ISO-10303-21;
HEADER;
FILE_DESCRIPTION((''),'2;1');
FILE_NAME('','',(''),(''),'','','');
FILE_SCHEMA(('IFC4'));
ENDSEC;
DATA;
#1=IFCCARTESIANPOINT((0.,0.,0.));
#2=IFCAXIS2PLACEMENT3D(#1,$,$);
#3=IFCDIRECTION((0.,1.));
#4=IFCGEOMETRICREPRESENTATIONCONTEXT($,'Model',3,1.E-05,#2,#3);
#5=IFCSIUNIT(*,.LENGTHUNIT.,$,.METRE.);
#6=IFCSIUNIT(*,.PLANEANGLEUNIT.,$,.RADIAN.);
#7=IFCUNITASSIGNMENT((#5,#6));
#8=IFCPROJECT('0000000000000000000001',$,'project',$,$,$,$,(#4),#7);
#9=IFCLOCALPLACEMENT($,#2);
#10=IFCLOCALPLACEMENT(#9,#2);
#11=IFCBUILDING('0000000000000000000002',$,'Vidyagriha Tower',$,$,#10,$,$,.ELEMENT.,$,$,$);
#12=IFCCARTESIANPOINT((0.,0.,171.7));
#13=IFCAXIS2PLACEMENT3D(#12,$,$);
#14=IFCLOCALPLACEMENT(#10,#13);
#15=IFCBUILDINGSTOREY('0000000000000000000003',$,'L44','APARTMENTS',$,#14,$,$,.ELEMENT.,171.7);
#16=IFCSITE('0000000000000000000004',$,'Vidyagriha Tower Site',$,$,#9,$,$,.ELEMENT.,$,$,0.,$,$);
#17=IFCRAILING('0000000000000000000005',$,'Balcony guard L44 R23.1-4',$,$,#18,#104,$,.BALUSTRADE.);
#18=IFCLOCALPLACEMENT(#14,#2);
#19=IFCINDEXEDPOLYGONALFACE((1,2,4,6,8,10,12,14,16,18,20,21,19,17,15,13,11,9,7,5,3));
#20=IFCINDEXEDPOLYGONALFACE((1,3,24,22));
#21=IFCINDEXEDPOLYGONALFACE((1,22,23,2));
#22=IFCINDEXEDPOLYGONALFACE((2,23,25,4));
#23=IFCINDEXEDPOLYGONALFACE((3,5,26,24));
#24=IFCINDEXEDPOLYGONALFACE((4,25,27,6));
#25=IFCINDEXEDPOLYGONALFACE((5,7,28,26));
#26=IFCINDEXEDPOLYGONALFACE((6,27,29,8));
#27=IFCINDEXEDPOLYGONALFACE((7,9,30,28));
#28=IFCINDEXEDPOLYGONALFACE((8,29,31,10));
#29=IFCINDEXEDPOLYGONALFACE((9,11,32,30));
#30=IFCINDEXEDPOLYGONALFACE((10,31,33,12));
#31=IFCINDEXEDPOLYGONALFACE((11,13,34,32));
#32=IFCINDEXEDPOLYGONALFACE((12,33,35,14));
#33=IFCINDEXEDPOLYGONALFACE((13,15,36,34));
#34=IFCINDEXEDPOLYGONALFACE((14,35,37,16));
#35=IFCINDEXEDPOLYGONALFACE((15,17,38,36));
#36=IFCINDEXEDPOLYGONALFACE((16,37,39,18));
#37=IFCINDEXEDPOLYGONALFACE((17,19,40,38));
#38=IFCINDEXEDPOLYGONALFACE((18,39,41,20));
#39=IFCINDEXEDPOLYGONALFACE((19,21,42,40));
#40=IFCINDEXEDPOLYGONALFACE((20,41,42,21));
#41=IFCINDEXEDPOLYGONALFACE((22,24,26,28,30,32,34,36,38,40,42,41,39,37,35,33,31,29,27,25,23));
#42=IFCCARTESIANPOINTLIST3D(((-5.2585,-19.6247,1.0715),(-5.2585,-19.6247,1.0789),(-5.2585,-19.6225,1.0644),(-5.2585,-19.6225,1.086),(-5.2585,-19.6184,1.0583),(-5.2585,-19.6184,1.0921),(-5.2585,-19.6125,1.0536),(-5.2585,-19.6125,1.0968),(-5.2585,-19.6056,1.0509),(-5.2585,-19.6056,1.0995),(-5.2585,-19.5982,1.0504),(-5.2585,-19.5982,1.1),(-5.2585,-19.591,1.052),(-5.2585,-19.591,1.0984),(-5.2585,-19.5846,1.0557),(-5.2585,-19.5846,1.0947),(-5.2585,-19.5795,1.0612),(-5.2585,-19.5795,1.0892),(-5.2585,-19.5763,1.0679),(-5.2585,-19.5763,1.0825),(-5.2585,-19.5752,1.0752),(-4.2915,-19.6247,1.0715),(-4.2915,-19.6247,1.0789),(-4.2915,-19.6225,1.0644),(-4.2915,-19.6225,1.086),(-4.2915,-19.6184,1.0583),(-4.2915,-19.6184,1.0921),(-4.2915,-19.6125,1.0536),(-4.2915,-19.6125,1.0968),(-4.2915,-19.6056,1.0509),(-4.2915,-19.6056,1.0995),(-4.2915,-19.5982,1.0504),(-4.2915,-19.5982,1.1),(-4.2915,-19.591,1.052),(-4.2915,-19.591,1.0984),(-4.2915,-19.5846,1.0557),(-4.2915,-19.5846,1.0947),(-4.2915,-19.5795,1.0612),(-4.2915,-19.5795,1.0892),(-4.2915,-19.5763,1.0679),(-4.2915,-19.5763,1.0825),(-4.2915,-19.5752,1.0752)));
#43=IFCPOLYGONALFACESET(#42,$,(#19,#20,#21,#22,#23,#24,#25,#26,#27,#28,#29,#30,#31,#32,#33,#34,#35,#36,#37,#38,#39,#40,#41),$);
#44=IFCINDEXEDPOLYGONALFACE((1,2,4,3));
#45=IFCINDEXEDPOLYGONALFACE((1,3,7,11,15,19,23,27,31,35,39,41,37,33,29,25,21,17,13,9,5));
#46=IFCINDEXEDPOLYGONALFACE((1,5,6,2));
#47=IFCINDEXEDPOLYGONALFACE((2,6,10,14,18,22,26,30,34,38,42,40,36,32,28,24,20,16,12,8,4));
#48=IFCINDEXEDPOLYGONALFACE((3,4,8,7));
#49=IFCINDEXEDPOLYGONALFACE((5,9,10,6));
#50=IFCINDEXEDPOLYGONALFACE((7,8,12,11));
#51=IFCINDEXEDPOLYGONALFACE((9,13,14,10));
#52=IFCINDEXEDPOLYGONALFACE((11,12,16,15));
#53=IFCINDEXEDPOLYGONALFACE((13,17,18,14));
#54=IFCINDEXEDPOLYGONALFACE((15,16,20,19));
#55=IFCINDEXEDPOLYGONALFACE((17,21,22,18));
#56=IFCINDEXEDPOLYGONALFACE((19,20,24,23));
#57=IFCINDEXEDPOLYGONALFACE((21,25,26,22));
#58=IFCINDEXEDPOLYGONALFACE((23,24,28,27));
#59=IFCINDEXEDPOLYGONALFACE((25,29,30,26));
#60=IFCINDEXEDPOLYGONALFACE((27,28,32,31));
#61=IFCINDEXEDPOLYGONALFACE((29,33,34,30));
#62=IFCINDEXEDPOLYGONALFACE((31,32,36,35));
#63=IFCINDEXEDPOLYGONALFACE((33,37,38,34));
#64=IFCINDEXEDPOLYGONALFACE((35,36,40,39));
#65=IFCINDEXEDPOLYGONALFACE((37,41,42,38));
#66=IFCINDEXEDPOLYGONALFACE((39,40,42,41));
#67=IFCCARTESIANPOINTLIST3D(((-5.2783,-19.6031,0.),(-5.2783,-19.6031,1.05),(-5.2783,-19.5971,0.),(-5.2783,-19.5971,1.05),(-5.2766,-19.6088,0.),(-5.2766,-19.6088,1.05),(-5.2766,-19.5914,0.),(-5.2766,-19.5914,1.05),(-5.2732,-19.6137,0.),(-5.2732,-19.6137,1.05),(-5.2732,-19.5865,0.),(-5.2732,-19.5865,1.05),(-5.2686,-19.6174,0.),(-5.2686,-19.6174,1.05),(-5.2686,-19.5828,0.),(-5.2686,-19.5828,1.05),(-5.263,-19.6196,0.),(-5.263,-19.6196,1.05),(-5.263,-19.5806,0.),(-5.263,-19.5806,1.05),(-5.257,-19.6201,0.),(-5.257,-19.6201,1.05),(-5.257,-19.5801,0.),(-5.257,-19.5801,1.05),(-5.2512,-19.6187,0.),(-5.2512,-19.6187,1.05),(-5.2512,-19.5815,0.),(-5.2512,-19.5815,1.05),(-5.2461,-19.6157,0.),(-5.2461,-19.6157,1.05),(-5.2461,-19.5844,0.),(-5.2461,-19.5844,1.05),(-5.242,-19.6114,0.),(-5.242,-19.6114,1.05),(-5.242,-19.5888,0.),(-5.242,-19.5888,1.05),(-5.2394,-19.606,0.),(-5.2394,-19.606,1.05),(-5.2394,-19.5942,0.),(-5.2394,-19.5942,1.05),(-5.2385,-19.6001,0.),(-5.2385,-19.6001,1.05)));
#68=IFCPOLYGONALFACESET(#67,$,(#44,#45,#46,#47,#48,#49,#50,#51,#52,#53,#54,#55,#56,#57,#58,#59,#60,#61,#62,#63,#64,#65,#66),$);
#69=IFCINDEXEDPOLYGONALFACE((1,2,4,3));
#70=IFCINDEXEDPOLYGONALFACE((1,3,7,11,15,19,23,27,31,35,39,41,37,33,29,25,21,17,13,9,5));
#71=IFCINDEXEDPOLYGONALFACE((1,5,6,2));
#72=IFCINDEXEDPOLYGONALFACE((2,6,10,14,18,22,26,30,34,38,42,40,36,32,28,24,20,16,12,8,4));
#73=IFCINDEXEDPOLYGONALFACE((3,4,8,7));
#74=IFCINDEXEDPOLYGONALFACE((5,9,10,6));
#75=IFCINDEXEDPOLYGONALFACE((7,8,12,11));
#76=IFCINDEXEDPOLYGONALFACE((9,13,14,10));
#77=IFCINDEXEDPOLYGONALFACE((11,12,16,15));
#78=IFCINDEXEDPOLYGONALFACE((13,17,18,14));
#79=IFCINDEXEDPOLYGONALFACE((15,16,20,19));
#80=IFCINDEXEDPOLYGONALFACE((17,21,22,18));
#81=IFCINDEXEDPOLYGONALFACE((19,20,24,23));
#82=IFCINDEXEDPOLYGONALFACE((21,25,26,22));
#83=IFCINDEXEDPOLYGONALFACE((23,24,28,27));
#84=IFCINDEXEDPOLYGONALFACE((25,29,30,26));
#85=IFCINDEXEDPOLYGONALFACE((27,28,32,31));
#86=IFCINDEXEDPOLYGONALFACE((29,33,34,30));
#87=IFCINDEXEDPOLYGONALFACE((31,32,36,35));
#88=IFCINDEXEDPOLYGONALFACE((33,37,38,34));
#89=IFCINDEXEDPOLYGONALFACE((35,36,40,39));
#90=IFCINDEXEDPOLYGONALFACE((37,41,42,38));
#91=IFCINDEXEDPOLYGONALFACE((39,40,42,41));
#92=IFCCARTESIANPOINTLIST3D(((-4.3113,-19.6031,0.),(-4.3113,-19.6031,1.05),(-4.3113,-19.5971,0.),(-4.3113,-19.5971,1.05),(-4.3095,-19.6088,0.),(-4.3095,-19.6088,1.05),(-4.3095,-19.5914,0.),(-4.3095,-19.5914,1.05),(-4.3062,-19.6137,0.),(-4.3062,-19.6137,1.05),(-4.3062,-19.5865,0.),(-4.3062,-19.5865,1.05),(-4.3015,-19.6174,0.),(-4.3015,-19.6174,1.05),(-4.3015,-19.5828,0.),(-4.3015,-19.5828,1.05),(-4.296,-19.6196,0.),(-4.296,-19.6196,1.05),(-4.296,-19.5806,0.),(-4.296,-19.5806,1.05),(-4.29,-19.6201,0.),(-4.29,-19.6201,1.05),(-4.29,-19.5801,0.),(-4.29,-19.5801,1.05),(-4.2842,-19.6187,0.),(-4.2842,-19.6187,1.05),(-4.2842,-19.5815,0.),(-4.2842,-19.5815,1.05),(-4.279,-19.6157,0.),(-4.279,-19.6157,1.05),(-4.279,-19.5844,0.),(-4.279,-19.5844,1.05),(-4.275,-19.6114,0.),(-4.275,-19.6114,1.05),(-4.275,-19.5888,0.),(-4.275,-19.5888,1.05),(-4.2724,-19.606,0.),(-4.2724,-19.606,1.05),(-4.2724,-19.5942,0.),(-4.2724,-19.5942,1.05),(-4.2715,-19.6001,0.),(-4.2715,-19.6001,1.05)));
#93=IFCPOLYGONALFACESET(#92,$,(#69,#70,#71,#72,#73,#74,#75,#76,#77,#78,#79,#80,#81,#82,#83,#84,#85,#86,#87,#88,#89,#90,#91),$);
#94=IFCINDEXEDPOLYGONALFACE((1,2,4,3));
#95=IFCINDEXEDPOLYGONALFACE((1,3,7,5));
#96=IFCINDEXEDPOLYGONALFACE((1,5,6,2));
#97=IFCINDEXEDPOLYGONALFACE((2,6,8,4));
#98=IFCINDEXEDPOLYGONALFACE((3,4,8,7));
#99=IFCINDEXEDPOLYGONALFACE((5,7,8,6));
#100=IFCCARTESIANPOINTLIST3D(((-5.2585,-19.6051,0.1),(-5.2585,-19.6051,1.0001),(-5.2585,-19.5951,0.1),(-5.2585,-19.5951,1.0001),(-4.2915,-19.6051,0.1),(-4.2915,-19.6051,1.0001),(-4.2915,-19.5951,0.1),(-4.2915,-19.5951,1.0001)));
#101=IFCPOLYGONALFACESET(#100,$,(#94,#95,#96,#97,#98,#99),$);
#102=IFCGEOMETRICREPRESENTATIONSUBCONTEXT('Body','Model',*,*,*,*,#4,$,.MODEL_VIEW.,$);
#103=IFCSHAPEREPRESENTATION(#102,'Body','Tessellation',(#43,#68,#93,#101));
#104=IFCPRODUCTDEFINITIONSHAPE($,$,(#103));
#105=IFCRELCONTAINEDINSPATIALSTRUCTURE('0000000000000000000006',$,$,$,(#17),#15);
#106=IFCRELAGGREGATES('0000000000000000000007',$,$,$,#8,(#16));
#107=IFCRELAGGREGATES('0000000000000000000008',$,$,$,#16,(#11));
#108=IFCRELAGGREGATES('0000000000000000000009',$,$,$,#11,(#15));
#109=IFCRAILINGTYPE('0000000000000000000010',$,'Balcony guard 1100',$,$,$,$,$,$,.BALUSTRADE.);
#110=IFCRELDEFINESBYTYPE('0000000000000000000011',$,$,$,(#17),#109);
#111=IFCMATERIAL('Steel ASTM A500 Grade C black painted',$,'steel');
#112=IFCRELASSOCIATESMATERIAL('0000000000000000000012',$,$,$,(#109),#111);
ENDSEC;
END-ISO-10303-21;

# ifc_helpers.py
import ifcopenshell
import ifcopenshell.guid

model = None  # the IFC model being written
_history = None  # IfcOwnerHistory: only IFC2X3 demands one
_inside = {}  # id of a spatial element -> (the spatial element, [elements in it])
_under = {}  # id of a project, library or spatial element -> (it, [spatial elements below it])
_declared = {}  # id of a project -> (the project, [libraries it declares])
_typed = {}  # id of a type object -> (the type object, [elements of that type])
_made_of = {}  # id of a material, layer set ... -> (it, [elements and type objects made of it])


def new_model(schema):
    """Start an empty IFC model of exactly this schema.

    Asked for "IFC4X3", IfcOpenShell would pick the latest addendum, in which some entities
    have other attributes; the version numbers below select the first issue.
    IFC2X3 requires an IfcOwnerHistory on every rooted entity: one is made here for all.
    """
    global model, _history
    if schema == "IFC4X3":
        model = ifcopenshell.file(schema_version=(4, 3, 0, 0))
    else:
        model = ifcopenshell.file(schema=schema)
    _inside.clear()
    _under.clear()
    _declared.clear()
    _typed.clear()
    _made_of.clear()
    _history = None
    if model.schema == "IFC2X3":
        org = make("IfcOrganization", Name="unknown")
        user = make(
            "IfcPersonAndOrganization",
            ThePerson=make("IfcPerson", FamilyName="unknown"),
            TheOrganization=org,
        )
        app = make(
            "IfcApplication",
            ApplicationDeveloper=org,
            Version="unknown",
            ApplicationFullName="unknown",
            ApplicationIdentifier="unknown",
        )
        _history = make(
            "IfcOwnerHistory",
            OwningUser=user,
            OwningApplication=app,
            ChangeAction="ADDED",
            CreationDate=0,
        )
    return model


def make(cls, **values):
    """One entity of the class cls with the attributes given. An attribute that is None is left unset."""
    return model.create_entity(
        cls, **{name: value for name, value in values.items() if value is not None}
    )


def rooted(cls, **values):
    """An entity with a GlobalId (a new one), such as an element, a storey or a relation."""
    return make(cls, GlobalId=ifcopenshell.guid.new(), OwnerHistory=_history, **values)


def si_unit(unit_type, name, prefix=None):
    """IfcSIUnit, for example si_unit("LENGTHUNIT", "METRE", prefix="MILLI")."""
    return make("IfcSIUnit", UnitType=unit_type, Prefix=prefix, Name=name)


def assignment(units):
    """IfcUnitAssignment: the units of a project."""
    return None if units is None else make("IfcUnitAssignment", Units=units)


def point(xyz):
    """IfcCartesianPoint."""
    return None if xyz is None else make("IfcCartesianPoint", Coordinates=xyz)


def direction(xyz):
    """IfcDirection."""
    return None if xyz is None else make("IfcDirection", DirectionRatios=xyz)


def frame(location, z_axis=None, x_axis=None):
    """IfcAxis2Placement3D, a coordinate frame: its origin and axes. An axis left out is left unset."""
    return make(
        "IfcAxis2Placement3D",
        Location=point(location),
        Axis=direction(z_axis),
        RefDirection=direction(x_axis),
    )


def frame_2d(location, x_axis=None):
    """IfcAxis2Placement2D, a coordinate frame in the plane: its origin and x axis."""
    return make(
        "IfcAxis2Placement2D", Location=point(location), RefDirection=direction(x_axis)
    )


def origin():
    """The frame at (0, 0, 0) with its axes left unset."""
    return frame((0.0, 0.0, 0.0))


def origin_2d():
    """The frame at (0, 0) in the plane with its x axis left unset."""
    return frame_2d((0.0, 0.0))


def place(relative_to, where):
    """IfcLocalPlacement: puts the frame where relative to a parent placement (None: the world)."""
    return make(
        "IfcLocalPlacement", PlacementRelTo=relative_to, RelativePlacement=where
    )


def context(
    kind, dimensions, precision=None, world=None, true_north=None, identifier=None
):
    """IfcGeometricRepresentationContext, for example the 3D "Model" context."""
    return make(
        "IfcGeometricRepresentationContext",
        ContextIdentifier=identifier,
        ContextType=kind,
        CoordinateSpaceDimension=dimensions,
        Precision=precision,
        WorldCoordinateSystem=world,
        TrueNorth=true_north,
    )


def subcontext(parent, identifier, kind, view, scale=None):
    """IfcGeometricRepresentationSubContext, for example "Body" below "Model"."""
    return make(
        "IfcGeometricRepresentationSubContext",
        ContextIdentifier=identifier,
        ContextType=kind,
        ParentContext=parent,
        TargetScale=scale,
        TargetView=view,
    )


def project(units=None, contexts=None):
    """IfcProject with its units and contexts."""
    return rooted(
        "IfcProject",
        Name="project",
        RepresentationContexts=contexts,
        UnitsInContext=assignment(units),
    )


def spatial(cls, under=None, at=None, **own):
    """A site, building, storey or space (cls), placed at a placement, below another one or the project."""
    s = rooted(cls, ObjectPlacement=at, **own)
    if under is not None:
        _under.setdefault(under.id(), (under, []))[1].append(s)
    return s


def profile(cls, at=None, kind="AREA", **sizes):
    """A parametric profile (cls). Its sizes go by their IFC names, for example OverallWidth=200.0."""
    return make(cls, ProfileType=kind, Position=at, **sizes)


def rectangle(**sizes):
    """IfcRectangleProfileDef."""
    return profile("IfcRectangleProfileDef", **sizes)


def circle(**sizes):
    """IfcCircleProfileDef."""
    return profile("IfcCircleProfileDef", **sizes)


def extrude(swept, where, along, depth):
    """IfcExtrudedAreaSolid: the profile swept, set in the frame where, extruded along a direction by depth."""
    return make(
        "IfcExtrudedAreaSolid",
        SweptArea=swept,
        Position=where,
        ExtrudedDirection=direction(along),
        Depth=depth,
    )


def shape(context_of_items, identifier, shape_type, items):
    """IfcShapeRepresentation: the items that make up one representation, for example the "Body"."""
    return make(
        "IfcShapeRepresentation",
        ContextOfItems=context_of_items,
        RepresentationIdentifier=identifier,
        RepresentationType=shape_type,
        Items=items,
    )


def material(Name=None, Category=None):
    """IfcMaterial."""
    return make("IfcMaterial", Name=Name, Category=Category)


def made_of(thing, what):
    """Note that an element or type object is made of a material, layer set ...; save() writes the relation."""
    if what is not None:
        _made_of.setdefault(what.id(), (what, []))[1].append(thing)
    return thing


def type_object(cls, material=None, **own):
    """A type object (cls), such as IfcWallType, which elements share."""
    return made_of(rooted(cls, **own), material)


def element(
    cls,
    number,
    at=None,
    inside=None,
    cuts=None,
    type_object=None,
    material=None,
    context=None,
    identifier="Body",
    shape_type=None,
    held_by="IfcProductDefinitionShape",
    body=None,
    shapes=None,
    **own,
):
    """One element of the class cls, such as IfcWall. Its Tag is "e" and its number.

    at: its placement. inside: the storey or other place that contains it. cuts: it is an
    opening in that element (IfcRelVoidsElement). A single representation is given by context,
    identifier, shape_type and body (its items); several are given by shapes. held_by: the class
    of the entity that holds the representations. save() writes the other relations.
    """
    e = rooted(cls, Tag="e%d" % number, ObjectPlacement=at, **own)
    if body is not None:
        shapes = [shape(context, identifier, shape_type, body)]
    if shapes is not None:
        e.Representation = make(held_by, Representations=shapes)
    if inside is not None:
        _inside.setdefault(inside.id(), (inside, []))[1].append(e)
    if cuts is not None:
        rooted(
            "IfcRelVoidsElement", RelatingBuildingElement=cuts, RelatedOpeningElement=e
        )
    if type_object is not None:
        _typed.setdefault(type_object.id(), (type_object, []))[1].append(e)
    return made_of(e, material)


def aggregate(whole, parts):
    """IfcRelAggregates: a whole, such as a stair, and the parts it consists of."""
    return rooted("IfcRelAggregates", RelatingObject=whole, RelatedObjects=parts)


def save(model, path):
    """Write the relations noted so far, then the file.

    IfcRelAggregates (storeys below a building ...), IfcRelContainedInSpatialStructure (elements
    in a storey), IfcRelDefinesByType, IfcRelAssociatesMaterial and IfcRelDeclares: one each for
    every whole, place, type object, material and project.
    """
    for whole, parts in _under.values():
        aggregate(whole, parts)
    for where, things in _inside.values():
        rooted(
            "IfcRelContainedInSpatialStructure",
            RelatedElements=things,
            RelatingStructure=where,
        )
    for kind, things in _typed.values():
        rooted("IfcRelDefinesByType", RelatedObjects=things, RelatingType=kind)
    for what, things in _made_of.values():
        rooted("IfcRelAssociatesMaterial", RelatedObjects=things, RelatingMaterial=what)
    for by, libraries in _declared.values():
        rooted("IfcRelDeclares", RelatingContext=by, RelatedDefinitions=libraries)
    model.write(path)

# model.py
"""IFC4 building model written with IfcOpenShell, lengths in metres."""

from ifc_helpers import new_model, si_unit, direction, frame, origin, origin_2d, place, context, subcontext, project, spatial, rectangle, circle, extrude, material, type_object, element, save


model = new_model("IFC4")

# Units and contexts
model_context = context("Model", 3, precision=1e-05, world=origin(), true_north=direction((0.0, 1.0)))
body_context = subcontext(model_context, "Body", "Model", "MODEL_VIEW")
ifc_project = project(units=[si_unit("LENGTHUNIT", "METRE"), si_unit("PLANEANGLEUNIT", "RADIAN")], contexts=[model_context])

# Site, building, storey
site_placement = place(None, origin())
site = spatial("IfcSite", under=ifc_project, at=site_placement, Name="Vidyagriha Tower Site", CompositionType="ELEMENT", RefElevation=0.0)
building_placement = place(site_placement, origin())
building = spatial("IfcBuilding", under=site, at=building_placement, Name="Vidyagriha Tower", CompositionType="ELEMENT")
storey_placement = place(building_placement, frame((0.0, 0.0, 171.7)))
storey = spatial("IfcBuildingStorey", under=building, at=storey_placement, Name="L44", Description="APARTMENTS", CompositionType="ELEMENT", Elevation=171.7)

# Railing
ifc_material_1 = material(Name="Steel ASTM A500 Grade C black painted", Category="steel")
railing_type = type_object("IfcRailingType", Name="Balcony guard 1100", PredefinedType="BALUSTRADE", material=ifc_material_1)
railing_1_placement = place(storey_placement, frame((-5.2585, -19.6001, 0.0)))
element("IfcRailing", 1, at=railing_1_placement, inside=storey, type_object=railing_type, Name="Balcony guard L44 R23.1-4", PredefinedType="BALUSTRADE", context=body_context, shape_type="SweptSolid", body=[
    extrude(circle(Radius=0.0249, at=origin_2d()), frame((0.0, 0.0, 1.0752), z_axis=(1.0, 0.0, 0.0), x_axis=(0.0, 1.0, 0.0)), (0.0, 0.0, 1.0), 0.967),
    extrude(circle(Radius=0.02, at=origin_2d()), origin(), (0.0, 0.0, 1.0), 1.05),
    extrude(circle(Radius=0.02, at=origin_2d()), frame((0.967, 0.0, 0.0)), (0.0, 0.0, 1.0), 1.05),
    extrude(rectangle(XDim=0.01, YDim=0.9001, at=origin_2d()), frame((0.0, 0.0, 0.55), z_axis=(1.0, 0.0, 0.0), x_axis=(0.0, 1.0, 0.0)), (0.0, 0.0, 1.0), 0.967),
])

save(model, "model.ifc")
